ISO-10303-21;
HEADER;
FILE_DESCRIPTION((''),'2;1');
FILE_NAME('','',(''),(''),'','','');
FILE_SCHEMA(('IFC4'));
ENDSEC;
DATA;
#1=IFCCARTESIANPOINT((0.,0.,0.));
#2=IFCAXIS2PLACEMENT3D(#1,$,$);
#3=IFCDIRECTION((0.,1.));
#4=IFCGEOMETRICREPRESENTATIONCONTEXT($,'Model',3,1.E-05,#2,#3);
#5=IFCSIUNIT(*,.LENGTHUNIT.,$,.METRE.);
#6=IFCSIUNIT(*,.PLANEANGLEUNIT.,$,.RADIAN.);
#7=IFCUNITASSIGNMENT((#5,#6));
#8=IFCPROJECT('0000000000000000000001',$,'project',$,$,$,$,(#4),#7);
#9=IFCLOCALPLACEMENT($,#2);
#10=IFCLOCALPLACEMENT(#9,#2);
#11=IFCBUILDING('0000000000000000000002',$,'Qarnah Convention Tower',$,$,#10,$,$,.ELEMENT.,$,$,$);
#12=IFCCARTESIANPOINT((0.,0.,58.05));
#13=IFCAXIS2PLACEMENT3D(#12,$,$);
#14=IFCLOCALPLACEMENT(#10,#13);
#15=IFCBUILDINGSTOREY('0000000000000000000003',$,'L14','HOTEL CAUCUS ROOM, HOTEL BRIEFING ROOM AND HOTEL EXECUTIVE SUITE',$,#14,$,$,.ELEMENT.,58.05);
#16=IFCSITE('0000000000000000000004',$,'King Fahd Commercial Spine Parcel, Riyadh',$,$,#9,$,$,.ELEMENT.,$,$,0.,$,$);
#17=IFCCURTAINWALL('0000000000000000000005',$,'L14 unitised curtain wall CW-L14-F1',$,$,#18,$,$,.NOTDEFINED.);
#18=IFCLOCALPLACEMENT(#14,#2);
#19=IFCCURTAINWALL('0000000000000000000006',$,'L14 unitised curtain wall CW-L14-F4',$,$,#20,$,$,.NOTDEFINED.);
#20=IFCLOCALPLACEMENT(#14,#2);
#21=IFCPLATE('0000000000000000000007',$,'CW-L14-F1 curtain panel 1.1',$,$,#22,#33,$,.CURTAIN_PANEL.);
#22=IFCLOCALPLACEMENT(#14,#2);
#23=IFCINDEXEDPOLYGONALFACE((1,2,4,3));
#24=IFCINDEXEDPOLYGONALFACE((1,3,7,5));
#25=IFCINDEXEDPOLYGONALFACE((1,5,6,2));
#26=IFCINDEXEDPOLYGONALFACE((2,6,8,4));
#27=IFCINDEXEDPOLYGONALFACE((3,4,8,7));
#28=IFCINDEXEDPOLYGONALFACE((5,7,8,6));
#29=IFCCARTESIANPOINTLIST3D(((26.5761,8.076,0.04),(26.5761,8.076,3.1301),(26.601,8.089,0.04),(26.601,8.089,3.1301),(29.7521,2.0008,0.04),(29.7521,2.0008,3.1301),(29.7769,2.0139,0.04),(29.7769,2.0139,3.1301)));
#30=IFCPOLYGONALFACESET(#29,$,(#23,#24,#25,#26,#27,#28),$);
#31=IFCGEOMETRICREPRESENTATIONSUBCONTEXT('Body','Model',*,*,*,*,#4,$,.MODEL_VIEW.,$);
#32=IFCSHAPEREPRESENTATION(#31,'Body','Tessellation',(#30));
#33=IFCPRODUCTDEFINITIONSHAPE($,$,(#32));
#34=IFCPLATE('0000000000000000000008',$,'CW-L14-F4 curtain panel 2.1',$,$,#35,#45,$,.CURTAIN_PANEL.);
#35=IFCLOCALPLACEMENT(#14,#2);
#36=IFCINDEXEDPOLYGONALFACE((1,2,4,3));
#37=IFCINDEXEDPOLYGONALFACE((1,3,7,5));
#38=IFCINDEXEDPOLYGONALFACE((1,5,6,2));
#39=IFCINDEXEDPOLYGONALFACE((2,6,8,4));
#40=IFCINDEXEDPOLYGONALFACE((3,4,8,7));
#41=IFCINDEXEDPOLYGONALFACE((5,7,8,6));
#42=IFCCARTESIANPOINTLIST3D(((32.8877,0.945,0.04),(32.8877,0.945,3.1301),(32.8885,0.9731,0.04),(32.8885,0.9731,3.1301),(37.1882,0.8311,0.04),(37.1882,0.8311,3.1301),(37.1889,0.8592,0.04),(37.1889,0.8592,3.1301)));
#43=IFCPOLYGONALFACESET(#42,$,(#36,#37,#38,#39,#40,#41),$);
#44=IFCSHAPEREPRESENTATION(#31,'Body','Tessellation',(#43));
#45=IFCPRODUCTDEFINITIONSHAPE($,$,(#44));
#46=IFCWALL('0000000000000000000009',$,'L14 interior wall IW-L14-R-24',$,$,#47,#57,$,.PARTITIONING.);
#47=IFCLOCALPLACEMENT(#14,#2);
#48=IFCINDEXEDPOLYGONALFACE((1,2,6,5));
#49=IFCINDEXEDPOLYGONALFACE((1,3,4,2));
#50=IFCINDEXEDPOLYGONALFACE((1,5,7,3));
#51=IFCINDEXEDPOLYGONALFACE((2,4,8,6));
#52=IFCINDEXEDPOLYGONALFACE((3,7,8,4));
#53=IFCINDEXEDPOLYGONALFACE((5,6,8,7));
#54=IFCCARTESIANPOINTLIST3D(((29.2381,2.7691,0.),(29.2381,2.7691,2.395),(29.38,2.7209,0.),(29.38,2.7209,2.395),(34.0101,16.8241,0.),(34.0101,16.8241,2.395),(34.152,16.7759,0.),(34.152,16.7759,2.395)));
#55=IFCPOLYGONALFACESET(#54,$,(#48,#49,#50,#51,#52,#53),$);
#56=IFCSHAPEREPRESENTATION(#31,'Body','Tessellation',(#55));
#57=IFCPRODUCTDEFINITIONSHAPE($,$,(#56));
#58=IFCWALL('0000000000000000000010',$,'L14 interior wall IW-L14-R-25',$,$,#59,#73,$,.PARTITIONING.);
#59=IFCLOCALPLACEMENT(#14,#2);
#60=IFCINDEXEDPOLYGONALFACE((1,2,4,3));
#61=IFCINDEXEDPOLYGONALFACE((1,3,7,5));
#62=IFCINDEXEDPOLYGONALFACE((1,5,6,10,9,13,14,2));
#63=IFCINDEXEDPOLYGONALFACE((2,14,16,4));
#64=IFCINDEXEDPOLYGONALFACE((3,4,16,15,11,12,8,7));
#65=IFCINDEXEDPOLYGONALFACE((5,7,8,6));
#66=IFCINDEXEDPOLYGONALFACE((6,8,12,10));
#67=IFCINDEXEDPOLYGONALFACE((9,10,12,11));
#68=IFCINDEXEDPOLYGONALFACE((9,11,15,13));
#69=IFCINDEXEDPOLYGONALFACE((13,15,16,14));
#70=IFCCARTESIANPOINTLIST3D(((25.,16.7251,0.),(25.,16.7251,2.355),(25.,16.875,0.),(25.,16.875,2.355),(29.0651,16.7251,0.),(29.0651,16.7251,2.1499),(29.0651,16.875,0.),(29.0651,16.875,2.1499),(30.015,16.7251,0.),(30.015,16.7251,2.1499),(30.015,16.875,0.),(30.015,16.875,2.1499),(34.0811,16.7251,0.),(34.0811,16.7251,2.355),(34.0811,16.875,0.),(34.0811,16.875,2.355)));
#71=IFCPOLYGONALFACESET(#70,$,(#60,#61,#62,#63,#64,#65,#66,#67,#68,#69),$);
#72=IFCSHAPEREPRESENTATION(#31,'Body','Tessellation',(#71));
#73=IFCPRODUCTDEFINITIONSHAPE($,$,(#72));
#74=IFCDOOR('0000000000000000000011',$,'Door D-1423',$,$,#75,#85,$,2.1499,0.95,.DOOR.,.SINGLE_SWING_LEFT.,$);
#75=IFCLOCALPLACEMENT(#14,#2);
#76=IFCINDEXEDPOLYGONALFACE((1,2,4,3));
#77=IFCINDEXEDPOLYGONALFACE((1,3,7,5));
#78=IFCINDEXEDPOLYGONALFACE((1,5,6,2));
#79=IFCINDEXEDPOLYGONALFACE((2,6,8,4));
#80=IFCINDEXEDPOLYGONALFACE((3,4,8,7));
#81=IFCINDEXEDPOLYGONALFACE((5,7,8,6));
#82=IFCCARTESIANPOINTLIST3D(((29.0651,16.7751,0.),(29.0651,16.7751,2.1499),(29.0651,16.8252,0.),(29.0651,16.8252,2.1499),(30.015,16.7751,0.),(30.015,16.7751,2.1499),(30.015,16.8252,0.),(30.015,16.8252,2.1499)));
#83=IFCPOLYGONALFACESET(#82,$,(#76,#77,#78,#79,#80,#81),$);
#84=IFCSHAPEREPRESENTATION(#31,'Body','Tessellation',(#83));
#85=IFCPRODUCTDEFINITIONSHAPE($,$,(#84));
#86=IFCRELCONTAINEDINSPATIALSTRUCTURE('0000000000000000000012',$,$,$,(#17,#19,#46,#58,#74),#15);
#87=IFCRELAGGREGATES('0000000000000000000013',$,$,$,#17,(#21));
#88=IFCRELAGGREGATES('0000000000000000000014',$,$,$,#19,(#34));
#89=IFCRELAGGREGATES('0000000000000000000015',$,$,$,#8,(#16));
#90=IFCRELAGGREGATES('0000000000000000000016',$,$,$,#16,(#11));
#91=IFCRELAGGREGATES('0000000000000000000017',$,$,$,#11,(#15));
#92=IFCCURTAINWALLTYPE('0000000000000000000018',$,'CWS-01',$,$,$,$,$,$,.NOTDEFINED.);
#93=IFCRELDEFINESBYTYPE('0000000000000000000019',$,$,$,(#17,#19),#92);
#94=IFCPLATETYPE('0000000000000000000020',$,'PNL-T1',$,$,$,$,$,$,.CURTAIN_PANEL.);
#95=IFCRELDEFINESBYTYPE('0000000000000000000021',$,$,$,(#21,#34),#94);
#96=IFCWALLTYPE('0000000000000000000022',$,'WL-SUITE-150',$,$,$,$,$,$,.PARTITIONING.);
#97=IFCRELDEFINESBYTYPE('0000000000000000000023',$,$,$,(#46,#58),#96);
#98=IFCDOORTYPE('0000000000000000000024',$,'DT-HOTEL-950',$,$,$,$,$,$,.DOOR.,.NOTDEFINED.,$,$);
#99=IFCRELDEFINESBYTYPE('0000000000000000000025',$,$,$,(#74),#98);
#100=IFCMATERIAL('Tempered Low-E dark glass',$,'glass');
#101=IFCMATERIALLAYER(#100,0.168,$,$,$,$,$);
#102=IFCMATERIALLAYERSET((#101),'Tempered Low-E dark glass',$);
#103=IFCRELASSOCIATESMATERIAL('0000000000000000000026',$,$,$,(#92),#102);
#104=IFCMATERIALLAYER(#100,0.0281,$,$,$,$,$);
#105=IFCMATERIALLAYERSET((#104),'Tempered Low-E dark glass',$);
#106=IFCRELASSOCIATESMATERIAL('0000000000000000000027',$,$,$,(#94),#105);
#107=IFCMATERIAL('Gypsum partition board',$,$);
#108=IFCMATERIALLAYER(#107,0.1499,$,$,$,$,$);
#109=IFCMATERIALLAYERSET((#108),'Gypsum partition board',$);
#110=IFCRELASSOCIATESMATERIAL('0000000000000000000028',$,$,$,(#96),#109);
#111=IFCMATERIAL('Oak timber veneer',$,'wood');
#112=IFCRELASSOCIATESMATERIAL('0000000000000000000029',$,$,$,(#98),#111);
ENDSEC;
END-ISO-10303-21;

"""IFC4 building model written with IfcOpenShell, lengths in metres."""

from ifc_helpers import new_model, si_unit, direction, frame, frame_2d, origin, origin_2d, place, context, subcontext, project, spatial, rectangle, extrude, material, layer, layer_set, type_object, element, fill, aggregate, save


model = new_model("IFC4")

# Units and contexts
model_context = context("Model", 3, precision=1e-05, world=origin(), true_north=direction((0.0, 1.0)))
body_context = subcontext(model_context, "Body", "Model", "MODEL_VIEW")
ifc_project = project(units=[si_unit("LENGTHUNIT", "METRE"), si_unit("PLANEANGLEUNIT", "RADIAN")], contexts=[model_context])

# Site, building, storey
site_placement = place(None, origin())
site = spatial("IfcSite", under=ifc_project, at=site_placement, Name="King Fahd Commercial Spine Parcel, Riyadh", CompositionType="ELEMENT", RefElevation=0.0)
building_placement = place(site_placement, origin())
building = spatial("IfcBuilding", under=site, at=building_placement, Name="Qarnah Convention Tower", CompositionType="ELEMENT")
storey_placement = place(building_placement, frame((0.0, 0.0, 58.05)))
storey = spatial("IfcBuildingStorey", under=building, at=storey_placement, Name="L14", Description="HOTEL CAUCUS ROOM, HOTEL BRIEFING ROOM AND HOTEL EXECUTIVE SUITE", CompositionType="ELEMENT", Elevation=58.05)

# Curtain walls
ifc_material_1 = material(Name="Tempered Low-E dark glass", Category="glass")
ifc_layer_1 = layer(ifc_material_1, 0.168)
ifc_layer_set_1 = layer_set([ifc_layer_1], Name="Tempered Low-E dark glass")
curtain_wall_type = type_object("IfcCurtainWallType", Name="CWS-01", PredefinedType="NOTDEFINED", material=ifc_layer_set_1)
curtain_wall_1_placement = place(storey_placement, origin())
curtain_wall_1 = element("IfcCurtainWall", 1, at=curtain_wall_1_placement, inside=storey, type_object=curtain_wall_type, Name="L14 unitised curtain wall CW-L14-F1", PredefinedType="NOTDEFINED")
curtain_wall_2_placement = place(storey_placement, origin())
curtain_wall_2 = element("IfcCurtainWall", 2, at=curtain_wall_2_placement, inside=storey, type_object=curtain_wall_type, Name="L14 unitised curtain wall CW-L14-F4", PredefinedType="NOTDEFINED")

# Plates
ifc_layer_2 = layer(ifc_material_1, 0.0281)
ifc_layer_set_2 = layer_set([ifc_layer_2], Name="Tempered Low-E dark glass")
plate_type = type_object("IfcPlateType", Name="PNL-T1", PredefinedType="CURTAIN_PANEL", material=ifc_layer_set_2)
plate_1_placement = place(storey_placement, frame((28.1765, 5.0449, 0.04), z_axis=(0.0, 0.0, 1.0), x_axis=(-0.46329, 0.886207, 0.0)))
plate_1 = element("IfcPlate", 3, at=plate_1_placement, type_object=plate_type, Name="CW-L14-F1 curtain panel 1.1", PredefinedType="CURTAIN_PANEL", context=body_context, shape_type="SweptSolid", body=[
    extrude(rectangle(XDim=6.8552, YDim=0.0281, at=origin_2d()), origin(), (0.0, 0.0, 1.0), 3.0901),
])
aggregate(curtain_wall_1, [plate_1])
plate_2_placement = place(storey_placement, frame((35.0383, 0.9021, 0.04), z_axis=(0.0, 0.0, 1.0), x_axis=(-0.99965, 0.026472, 0.0)))
plate_2 = element("IfcPlate", 4, at=plate_2_placement, type_object=plate_type, Name="CW-L14-F4 curtain panel 2.1", PredefinedType="CURTAIN_PANEL", context=body_context, shape_type="SweptSolid", body=[
    extrude(rectangle(XDim=4.302, YDim=0.0281, at=origin_2d()), origin(), (0.0, 0.0, 1.0), 3.0901),
])
aggregate(curtain_wall_2, [plate_2])

# Wall
ifc_material_2 = material(Name="Gypsum partition board")
ifc_layer_3 = layer(ifc_material_2, 0.1499)
ifc_layer_set_3 = layer_set([ifc_layer_3], Name="Gypsum partition board")
wall_type = type_object("IfcWallType", Name="WL-SUITE-150", PredefinedType="PARTITIONING", material=ifc_layer_set_3)
wall_1_placement = place(storey_placement, frame((29.3091, 2.7451, 0.0), z_axis=(0.0, 0.0, 1.0), x_axis=(0.321498, 0.94691, 0.0)))
element("IfcWall", 5, at=wall_1_placement, inside=storey, type_object=wall_type, Name="L14 interior wall IW-L14-R-24", PredefinedType="PARTITIONING", context=body_context, shape_type="SweptSolid", body=[
    extrude(rectangle(XDim=14.843, YDim=0.1499, at=frame_2d((7.4214, 0.0))), origin(), (0.0, 0.0, 1.0), 2.395),
])

# Wall, opening, door
wall_2_placement = place(storey_placement, frame((34.0811, 16.8, 0.0), z_axis=(0.0, 0.0, 1.0), x_axis=(-1.0, 0.0, 0.0)))
wall_2 = element("IfcWall", 6, at=wall_2_placement, inside=storey, type_object=wall_type, Name="L14 interior wall IW-L14-R-25", PredefinedType="PARTITIONING", context=body_context, shape_type="SweptSolid", body=[
    extrude(rectangle(XDim=9.0811, YDim=0.1499, at=frame_2d((4.5405, 0.0))), origin(), (0.0, 0.0, 1.0), 2.355),
])
opening_placement = place(wall_2_placement, frame((4.0659, 0.0, 0.0)))
opening = element("IfcOpeningElement", 7, at=opening_placement, cuts=wall_2, PredefinedType="OPENING", context=body_context, shape_type="SweptSolid", body=[
    extrude(rectangle(XDim=0.95, YDim=2.1499, at=frame_2d((0.4751, 1.075))), frame((0.0, 0.085, 0.0), z_axis=(0.0, -1.0, 0.0), x_axis=(1.0, 0.0, 0.0)), (0.0, 0.0, 1.0), 0.1699),
])
ifc_material_3 = material(Name="Oak timber veneer", Category="wood")
door_type = type_object("IfcDoorType", Name="DT-HOTEL-950", OperationType="NOTDEFINED", PredefinedType="DOOR", material=ifc_material_3)
door_placement = place(opening_placement, origin())
door = element("IfcDoor", 8, at=door_placement, inside=storey, type_object=door_type, Name="Door D-1423", OperationType="SINGLE_SWING_LEFT", OverallHeight=2.1499, OverallWidth=0.95, PredefinedType="DOOR", context=body_context, shape_type="SweptSolid", body=[
    extrude(rectangle(XDim=0.95, YDim=2.1499, at=frame_2d((0.4751, 1.075))), frame((0.0, 0.0249, 0.0), z_axis=(0.0, -1.0, 0.0), x_axis=(1.0, 0.0, 0.0)), (0.0, 0.0, 1.0), 0.05),
])
fill(opening, door)

save(model, "model.ifc")
